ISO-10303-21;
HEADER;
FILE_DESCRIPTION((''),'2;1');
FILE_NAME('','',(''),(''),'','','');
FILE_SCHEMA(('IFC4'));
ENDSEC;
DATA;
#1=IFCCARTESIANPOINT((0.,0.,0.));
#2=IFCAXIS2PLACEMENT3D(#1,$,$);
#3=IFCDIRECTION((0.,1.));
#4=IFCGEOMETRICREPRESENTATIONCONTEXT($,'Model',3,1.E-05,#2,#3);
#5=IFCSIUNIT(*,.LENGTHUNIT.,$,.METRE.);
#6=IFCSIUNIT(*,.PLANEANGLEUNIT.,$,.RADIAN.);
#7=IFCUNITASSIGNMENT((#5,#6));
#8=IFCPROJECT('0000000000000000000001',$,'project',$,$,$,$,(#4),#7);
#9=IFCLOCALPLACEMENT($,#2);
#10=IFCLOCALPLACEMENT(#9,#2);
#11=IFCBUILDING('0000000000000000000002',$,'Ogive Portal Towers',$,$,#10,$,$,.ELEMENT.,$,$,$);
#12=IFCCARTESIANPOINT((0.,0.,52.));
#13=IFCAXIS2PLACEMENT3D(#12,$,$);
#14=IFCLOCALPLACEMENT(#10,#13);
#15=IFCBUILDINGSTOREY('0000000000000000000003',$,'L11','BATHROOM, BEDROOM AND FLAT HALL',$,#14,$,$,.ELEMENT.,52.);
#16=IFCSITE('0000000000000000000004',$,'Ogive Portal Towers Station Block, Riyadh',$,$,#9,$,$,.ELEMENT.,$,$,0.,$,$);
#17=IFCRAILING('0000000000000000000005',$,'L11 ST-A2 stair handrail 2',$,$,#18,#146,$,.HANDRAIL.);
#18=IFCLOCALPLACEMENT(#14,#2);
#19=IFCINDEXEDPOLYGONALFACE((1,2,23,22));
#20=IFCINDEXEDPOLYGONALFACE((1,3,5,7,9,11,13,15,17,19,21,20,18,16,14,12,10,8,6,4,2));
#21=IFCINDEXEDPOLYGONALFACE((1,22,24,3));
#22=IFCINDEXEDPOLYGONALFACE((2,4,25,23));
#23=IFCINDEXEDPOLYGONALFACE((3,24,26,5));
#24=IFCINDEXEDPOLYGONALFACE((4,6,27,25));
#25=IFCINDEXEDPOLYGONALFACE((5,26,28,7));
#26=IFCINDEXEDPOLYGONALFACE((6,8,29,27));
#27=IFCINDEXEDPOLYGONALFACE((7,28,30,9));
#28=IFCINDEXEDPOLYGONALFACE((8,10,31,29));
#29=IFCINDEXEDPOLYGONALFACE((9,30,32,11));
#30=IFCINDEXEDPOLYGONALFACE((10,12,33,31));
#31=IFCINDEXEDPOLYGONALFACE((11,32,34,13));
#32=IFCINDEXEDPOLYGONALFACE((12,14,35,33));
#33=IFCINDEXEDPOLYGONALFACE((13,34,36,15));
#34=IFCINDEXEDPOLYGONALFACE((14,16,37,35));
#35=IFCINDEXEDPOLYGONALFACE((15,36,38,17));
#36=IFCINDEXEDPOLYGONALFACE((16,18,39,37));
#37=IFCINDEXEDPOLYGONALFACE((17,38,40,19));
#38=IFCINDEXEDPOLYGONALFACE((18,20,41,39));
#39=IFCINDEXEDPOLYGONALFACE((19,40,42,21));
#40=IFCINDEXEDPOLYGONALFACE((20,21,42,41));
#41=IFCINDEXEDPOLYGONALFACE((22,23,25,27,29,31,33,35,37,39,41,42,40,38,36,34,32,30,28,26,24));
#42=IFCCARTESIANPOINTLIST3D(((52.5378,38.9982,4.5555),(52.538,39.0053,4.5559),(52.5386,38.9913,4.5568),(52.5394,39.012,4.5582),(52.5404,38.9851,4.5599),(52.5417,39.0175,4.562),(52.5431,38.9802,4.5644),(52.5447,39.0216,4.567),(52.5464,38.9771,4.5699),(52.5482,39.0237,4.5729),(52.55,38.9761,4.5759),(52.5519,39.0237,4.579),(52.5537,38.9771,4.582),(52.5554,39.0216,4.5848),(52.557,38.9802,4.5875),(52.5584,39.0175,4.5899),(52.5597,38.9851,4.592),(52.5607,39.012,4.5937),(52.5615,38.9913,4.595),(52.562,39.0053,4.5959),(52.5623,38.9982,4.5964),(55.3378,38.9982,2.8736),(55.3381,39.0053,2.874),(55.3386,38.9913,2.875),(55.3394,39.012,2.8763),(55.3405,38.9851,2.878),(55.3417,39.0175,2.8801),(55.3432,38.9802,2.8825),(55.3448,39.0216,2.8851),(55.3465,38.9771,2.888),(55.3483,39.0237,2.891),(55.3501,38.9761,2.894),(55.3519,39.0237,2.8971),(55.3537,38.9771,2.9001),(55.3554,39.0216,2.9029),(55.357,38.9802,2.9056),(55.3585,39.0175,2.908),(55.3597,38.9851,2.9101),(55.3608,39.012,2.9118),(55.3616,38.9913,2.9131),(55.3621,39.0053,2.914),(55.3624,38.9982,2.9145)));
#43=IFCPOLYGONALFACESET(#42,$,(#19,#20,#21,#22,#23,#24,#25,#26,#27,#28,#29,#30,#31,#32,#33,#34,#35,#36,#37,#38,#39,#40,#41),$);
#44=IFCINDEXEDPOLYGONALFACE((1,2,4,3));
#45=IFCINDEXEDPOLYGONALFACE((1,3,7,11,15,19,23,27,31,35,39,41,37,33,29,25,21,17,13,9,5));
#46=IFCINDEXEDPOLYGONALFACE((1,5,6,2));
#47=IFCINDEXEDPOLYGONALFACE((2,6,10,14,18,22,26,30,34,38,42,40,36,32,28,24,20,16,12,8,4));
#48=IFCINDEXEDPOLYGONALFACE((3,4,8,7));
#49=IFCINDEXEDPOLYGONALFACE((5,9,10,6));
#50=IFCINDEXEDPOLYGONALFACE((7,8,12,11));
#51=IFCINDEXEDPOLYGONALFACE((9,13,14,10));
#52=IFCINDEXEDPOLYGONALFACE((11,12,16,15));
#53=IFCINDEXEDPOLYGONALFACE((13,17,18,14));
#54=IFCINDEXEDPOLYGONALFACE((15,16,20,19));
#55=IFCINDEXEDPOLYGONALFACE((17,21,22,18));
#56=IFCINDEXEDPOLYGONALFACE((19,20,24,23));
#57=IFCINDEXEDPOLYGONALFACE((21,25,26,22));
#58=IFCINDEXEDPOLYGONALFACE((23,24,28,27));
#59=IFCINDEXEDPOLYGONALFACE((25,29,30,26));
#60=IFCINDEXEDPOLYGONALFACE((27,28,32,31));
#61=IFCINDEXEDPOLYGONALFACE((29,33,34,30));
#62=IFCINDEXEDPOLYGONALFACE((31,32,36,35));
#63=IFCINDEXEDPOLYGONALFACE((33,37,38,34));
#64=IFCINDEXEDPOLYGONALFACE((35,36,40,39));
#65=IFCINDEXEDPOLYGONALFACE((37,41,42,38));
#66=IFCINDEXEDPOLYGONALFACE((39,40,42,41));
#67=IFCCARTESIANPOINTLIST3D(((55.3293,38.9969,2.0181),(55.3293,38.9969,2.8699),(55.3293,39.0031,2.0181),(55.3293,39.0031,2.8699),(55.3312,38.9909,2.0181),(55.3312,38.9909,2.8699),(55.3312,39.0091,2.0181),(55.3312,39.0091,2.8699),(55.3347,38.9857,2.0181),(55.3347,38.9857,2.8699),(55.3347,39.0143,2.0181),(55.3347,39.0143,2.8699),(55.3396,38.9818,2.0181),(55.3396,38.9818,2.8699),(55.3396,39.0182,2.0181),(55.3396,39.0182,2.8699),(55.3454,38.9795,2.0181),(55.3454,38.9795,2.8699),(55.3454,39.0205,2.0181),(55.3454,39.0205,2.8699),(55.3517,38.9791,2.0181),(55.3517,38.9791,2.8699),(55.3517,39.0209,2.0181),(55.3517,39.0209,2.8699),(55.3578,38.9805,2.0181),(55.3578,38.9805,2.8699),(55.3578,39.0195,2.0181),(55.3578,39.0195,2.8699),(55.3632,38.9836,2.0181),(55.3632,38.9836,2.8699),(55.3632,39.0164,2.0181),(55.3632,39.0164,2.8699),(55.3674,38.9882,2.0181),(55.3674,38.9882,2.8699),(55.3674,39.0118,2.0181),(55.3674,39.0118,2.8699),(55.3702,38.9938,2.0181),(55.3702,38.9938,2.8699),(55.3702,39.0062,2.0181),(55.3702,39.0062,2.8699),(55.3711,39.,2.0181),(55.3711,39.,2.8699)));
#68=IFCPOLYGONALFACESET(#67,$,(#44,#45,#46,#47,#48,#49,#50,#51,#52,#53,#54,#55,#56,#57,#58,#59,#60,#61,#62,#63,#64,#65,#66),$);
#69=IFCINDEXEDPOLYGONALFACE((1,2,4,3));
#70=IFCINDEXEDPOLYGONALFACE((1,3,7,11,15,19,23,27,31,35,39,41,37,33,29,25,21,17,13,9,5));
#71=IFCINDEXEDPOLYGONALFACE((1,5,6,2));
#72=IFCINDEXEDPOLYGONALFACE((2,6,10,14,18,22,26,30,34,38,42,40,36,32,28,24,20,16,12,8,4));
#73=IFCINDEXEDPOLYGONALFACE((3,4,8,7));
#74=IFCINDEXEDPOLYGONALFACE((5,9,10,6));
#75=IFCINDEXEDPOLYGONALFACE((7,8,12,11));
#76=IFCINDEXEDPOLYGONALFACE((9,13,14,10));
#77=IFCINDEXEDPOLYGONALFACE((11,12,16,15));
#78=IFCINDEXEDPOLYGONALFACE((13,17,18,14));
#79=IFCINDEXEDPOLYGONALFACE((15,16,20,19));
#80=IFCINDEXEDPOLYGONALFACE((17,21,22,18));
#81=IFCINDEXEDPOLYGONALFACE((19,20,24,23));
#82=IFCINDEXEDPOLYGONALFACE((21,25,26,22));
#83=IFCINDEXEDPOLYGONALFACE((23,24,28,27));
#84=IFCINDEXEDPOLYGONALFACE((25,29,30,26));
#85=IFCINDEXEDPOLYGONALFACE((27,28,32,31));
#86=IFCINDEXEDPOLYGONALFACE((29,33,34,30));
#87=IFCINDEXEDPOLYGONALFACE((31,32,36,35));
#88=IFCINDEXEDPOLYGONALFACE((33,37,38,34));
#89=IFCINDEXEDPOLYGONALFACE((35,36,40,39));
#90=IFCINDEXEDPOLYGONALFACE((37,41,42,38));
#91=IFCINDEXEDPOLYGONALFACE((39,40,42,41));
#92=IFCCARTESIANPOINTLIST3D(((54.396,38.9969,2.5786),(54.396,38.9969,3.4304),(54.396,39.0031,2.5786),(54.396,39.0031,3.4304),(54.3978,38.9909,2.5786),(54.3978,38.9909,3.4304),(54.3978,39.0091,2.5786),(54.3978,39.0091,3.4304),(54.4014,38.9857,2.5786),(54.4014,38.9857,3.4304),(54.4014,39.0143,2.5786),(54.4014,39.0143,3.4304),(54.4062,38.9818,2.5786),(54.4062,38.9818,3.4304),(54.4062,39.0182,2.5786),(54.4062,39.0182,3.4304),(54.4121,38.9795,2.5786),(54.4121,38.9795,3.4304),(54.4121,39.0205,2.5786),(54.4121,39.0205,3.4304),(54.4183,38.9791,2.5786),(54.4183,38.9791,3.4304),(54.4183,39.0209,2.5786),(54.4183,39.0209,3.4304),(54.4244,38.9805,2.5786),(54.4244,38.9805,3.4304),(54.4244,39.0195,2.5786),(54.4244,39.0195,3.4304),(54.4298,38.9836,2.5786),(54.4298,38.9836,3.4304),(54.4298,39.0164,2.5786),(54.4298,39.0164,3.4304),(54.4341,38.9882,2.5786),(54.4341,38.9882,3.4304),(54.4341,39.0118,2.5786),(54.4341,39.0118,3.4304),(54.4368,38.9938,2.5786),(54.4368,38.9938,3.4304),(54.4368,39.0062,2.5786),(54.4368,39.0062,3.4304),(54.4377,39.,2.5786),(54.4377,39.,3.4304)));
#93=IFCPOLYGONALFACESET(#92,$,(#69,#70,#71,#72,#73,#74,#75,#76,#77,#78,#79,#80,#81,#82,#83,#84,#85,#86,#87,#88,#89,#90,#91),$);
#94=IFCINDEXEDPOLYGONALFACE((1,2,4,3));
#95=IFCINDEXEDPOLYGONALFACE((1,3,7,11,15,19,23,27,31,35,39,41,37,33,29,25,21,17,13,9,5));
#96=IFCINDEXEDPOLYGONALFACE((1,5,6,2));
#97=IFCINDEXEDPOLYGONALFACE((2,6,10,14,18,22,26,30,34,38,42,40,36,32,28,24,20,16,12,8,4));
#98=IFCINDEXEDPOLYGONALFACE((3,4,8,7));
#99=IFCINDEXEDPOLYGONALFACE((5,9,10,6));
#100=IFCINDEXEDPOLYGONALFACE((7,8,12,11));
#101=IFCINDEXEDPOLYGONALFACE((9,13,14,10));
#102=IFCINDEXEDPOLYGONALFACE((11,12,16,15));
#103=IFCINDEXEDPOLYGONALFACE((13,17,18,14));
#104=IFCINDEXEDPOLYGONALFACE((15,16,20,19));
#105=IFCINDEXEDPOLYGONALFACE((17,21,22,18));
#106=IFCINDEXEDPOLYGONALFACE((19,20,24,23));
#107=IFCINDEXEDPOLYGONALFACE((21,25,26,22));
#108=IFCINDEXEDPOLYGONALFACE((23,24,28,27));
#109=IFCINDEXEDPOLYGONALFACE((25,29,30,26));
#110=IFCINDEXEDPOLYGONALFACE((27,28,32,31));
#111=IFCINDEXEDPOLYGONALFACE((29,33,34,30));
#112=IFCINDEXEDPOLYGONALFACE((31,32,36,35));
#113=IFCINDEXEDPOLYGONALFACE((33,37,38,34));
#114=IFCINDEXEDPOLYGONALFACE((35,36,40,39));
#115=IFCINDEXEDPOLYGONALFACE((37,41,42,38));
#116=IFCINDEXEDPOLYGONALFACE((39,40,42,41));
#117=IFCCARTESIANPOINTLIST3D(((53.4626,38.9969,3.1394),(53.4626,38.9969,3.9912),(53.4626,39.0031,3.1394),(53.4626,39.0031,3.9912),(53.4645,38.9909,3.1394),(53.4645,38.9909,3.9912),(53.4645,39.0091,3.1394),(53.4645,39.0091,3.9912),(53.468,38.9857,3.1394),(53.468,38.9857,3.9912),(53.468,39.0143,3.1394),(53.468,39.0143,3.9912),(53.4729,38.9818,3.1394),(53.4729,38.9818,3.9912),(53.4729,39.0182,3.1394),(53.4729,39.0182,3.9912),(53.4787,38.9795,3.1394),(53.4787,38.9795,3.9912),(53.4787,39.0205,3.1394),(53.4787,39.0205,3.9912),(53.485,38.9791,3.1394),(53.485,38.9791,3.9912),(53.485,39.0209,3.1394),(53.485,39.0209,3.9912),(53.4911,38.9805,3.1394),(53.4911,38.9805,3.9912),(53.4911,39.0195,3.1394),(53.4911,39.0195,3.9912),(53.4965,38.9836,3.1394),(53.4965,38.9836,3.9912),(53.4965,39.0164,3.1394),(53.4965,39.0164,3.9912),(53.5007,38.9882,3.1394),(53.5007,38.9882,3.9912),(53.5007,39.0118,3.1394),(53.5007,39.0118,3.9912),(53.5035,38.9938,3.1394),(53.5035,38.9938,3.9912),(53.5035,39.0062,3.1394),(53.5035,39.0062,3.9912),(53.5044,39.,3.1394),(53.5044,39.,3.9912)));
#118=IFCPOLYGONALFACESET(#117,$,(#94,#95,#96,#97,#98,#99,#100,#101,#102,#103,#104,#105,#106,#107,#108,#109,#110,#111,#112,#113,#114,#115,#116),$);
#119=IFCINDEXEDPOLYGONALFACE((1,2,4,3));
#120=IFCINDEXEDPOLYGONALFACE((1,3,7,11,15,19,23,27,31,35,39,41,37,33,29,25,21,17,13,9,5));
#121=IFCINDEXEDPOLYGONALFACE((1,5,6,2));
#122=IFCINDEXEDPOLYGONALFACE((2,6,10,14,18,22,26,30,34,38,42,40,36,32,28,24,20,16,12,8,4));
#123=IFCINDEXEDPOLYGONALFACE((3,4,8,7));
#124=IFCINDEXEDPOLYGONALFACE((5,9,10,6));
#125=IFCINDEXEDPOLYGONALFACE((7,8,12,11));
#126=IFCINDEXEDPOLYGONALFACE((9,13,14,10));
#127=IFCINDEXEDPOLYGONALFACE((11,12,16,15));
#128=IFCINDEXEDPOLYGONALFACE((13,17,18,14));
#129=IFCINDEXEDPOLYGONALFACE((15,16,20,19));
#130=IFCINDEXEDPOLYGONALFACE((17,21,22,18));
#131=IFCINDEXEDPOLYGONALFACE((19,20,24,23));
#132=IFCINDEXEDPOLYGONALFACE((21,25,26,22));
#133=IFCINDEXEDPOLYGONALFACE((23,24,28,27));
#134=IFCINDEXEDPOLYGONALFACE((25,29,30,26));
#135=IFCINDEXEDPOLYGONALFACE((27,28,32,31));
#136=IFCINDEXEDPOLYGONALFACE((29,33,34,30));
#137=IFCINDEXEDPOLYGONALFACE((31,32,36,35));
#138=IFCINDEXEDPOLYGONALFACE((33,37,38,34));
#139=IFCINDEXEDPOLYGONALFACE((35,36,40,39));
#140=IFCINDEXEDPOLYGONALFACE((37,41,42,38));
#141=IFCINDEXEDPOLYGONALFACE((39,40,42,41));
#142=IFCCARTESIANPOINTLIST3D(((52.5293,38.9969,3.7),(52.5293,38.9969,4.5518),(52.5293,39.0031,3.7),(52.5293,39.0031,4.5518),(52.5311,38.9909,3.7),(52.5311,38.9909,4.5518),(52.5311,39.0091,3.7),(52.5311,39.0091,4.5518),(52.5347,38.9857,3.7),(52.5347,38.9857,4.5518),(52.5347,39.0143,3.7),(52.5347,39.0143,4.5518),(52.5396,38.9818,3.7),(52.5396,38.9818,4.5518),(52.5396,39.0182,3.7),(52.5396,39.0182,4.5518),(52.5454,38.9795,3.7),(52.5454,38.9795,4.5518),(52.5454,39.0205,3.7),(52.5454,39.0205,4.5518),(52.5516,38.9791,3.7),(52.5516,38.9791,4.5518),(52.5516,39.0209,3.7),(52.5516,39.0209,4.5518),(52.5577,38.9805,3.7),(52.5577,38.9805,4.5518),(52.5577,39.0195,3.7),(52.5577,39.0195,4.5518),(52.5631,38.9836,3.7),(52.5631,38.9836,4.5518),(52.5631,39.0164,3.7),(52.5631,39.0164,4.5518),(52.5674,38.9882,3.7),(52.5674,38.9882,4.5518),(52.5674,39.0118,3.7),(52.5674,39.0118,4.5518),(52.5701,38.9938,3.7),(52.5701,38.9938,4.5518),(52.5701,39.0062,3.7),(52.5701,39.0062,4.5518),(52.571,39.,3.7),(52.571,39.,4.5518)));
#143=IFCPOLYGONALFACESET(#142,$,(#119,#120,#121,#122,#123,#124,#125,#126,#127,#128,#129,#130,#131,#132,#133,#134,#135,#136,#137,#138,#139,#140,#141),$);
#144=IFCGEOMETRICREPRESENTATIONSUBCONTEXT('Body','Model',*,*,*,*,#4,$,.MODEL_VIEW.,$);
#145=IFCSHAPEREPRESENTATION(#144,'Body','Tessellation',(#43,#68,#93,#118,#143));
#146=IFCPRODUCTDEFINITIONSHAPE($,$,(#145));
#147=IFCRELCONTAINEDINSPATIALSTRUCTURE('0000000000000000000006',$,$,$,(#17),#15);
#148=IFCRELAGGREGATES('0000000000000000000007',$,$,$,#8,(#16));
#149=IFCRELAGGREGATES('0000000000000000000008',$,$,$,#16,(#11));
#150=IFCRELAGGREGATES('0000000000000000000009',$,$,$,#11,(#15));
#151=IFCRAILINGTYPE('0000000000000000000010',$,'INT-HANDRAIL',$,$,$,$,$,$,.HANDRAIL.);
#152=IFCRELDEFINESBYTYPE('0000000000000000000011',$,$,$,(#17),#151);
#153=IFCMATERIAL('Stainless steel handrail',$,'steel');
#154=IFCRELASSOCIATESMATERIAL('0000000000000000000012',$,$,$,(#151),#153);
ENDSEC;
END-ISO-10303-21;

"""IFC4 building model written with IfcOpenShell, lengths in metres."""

from ifc_helpers import new_model, si_unit, direction, frame, origin, origin_2d, place, context, subcontext, project, spatial, circle, extrude, material, type_object, element, save


model = new_model("IFC4")

# Units and contexts
model_context = context("Model", 3, precision=1e-05, world=origin(), true_north=direction((0.0, 1.0)))
body_context = subcontext(model_context, "Body", "Model", "MODEL_VIEW")
ifc_project = project(units=[si_unit("LENGTHUNIT", "METRE"), si_unit("PLANEANGLEUNIT", "RADIAN")], contexts=[model_context])

# Site, building, storey
site_placement = place(None, origin())
site = spatial("IfcSite", under=ifc_project, at=site_placement, Name="Ogive Portal Towers Station Block, Riyadh", CompositionType="ELEMENT", RefElevation=0.0)
building_placement = place(site_placement, origin())
building = spatial("IfcBuilding", under=site, at=building_placement, Name="Ogive Portal Towers", CompositionType="ELEMENT")
storey_placement = place(building_placement, frame((0.0, 0.0, 52.0)))
storey = spatial("IfcBuildingStorey", under=building, at=storey_placement, Name="L11", Description="BATHROOM, BEDROOM AND FLAT HALL", CompositionType="ELEMENT", Elevation=52.0)

# Railing
ifc_material_1 = material(Name="Stainless steel handrail", Category="steel")
railing_type_1 = type_object("IfcRailingType", Name="INT-HANDRAIL", PredefinedType="HANDRAIL", material=ifc_material_1)
railing_1_placement = place(storey_placement, frame((55.3501, 39.0, 2.0181)))
element("IfcRailing", 1, at=railing_1_placement, inside=storey, type_object=railing_type_1, Name="L11 ST-A2 stair handrail 2", PredefinedType="HANDRAIL", context=body_context, shape_type="SweptSolid", body=[
    extrude(circle(Radius=0.0239, at=origin_2d()), frame((0.0, 0.0, 0.876), z_axis=(-0.857242, 0.0, 0.514913), x_axis=(0.0, -1.0, 0.0)), (0.0, 0.0, 1.0), 3.2664),
    extrude(circle(Radius=0.021, at=origin_2d()), origin(), (0.0, 0.0, 1.0), 0.8518),
    extrude(circle(Radius=0.021, at=origin_2d()), frame((-0.9333, 0.0, 0.5605)), (0.0, 0.0, 1.0), 0.8518),
    extrude(circle(Radius=0.021, at=origin_2d()), frame((-1.8667, 0.0, 1.1213)), (0.0, 0.0, 1.0), 0.8518),
    extrude(circle(Radius=0.021, at=origin_2d()), frame((-2.8, 0.0, 1.6819)), (0.0, 0.0, 1.0), 0.8518),
])

save(model, "model.ifc")
